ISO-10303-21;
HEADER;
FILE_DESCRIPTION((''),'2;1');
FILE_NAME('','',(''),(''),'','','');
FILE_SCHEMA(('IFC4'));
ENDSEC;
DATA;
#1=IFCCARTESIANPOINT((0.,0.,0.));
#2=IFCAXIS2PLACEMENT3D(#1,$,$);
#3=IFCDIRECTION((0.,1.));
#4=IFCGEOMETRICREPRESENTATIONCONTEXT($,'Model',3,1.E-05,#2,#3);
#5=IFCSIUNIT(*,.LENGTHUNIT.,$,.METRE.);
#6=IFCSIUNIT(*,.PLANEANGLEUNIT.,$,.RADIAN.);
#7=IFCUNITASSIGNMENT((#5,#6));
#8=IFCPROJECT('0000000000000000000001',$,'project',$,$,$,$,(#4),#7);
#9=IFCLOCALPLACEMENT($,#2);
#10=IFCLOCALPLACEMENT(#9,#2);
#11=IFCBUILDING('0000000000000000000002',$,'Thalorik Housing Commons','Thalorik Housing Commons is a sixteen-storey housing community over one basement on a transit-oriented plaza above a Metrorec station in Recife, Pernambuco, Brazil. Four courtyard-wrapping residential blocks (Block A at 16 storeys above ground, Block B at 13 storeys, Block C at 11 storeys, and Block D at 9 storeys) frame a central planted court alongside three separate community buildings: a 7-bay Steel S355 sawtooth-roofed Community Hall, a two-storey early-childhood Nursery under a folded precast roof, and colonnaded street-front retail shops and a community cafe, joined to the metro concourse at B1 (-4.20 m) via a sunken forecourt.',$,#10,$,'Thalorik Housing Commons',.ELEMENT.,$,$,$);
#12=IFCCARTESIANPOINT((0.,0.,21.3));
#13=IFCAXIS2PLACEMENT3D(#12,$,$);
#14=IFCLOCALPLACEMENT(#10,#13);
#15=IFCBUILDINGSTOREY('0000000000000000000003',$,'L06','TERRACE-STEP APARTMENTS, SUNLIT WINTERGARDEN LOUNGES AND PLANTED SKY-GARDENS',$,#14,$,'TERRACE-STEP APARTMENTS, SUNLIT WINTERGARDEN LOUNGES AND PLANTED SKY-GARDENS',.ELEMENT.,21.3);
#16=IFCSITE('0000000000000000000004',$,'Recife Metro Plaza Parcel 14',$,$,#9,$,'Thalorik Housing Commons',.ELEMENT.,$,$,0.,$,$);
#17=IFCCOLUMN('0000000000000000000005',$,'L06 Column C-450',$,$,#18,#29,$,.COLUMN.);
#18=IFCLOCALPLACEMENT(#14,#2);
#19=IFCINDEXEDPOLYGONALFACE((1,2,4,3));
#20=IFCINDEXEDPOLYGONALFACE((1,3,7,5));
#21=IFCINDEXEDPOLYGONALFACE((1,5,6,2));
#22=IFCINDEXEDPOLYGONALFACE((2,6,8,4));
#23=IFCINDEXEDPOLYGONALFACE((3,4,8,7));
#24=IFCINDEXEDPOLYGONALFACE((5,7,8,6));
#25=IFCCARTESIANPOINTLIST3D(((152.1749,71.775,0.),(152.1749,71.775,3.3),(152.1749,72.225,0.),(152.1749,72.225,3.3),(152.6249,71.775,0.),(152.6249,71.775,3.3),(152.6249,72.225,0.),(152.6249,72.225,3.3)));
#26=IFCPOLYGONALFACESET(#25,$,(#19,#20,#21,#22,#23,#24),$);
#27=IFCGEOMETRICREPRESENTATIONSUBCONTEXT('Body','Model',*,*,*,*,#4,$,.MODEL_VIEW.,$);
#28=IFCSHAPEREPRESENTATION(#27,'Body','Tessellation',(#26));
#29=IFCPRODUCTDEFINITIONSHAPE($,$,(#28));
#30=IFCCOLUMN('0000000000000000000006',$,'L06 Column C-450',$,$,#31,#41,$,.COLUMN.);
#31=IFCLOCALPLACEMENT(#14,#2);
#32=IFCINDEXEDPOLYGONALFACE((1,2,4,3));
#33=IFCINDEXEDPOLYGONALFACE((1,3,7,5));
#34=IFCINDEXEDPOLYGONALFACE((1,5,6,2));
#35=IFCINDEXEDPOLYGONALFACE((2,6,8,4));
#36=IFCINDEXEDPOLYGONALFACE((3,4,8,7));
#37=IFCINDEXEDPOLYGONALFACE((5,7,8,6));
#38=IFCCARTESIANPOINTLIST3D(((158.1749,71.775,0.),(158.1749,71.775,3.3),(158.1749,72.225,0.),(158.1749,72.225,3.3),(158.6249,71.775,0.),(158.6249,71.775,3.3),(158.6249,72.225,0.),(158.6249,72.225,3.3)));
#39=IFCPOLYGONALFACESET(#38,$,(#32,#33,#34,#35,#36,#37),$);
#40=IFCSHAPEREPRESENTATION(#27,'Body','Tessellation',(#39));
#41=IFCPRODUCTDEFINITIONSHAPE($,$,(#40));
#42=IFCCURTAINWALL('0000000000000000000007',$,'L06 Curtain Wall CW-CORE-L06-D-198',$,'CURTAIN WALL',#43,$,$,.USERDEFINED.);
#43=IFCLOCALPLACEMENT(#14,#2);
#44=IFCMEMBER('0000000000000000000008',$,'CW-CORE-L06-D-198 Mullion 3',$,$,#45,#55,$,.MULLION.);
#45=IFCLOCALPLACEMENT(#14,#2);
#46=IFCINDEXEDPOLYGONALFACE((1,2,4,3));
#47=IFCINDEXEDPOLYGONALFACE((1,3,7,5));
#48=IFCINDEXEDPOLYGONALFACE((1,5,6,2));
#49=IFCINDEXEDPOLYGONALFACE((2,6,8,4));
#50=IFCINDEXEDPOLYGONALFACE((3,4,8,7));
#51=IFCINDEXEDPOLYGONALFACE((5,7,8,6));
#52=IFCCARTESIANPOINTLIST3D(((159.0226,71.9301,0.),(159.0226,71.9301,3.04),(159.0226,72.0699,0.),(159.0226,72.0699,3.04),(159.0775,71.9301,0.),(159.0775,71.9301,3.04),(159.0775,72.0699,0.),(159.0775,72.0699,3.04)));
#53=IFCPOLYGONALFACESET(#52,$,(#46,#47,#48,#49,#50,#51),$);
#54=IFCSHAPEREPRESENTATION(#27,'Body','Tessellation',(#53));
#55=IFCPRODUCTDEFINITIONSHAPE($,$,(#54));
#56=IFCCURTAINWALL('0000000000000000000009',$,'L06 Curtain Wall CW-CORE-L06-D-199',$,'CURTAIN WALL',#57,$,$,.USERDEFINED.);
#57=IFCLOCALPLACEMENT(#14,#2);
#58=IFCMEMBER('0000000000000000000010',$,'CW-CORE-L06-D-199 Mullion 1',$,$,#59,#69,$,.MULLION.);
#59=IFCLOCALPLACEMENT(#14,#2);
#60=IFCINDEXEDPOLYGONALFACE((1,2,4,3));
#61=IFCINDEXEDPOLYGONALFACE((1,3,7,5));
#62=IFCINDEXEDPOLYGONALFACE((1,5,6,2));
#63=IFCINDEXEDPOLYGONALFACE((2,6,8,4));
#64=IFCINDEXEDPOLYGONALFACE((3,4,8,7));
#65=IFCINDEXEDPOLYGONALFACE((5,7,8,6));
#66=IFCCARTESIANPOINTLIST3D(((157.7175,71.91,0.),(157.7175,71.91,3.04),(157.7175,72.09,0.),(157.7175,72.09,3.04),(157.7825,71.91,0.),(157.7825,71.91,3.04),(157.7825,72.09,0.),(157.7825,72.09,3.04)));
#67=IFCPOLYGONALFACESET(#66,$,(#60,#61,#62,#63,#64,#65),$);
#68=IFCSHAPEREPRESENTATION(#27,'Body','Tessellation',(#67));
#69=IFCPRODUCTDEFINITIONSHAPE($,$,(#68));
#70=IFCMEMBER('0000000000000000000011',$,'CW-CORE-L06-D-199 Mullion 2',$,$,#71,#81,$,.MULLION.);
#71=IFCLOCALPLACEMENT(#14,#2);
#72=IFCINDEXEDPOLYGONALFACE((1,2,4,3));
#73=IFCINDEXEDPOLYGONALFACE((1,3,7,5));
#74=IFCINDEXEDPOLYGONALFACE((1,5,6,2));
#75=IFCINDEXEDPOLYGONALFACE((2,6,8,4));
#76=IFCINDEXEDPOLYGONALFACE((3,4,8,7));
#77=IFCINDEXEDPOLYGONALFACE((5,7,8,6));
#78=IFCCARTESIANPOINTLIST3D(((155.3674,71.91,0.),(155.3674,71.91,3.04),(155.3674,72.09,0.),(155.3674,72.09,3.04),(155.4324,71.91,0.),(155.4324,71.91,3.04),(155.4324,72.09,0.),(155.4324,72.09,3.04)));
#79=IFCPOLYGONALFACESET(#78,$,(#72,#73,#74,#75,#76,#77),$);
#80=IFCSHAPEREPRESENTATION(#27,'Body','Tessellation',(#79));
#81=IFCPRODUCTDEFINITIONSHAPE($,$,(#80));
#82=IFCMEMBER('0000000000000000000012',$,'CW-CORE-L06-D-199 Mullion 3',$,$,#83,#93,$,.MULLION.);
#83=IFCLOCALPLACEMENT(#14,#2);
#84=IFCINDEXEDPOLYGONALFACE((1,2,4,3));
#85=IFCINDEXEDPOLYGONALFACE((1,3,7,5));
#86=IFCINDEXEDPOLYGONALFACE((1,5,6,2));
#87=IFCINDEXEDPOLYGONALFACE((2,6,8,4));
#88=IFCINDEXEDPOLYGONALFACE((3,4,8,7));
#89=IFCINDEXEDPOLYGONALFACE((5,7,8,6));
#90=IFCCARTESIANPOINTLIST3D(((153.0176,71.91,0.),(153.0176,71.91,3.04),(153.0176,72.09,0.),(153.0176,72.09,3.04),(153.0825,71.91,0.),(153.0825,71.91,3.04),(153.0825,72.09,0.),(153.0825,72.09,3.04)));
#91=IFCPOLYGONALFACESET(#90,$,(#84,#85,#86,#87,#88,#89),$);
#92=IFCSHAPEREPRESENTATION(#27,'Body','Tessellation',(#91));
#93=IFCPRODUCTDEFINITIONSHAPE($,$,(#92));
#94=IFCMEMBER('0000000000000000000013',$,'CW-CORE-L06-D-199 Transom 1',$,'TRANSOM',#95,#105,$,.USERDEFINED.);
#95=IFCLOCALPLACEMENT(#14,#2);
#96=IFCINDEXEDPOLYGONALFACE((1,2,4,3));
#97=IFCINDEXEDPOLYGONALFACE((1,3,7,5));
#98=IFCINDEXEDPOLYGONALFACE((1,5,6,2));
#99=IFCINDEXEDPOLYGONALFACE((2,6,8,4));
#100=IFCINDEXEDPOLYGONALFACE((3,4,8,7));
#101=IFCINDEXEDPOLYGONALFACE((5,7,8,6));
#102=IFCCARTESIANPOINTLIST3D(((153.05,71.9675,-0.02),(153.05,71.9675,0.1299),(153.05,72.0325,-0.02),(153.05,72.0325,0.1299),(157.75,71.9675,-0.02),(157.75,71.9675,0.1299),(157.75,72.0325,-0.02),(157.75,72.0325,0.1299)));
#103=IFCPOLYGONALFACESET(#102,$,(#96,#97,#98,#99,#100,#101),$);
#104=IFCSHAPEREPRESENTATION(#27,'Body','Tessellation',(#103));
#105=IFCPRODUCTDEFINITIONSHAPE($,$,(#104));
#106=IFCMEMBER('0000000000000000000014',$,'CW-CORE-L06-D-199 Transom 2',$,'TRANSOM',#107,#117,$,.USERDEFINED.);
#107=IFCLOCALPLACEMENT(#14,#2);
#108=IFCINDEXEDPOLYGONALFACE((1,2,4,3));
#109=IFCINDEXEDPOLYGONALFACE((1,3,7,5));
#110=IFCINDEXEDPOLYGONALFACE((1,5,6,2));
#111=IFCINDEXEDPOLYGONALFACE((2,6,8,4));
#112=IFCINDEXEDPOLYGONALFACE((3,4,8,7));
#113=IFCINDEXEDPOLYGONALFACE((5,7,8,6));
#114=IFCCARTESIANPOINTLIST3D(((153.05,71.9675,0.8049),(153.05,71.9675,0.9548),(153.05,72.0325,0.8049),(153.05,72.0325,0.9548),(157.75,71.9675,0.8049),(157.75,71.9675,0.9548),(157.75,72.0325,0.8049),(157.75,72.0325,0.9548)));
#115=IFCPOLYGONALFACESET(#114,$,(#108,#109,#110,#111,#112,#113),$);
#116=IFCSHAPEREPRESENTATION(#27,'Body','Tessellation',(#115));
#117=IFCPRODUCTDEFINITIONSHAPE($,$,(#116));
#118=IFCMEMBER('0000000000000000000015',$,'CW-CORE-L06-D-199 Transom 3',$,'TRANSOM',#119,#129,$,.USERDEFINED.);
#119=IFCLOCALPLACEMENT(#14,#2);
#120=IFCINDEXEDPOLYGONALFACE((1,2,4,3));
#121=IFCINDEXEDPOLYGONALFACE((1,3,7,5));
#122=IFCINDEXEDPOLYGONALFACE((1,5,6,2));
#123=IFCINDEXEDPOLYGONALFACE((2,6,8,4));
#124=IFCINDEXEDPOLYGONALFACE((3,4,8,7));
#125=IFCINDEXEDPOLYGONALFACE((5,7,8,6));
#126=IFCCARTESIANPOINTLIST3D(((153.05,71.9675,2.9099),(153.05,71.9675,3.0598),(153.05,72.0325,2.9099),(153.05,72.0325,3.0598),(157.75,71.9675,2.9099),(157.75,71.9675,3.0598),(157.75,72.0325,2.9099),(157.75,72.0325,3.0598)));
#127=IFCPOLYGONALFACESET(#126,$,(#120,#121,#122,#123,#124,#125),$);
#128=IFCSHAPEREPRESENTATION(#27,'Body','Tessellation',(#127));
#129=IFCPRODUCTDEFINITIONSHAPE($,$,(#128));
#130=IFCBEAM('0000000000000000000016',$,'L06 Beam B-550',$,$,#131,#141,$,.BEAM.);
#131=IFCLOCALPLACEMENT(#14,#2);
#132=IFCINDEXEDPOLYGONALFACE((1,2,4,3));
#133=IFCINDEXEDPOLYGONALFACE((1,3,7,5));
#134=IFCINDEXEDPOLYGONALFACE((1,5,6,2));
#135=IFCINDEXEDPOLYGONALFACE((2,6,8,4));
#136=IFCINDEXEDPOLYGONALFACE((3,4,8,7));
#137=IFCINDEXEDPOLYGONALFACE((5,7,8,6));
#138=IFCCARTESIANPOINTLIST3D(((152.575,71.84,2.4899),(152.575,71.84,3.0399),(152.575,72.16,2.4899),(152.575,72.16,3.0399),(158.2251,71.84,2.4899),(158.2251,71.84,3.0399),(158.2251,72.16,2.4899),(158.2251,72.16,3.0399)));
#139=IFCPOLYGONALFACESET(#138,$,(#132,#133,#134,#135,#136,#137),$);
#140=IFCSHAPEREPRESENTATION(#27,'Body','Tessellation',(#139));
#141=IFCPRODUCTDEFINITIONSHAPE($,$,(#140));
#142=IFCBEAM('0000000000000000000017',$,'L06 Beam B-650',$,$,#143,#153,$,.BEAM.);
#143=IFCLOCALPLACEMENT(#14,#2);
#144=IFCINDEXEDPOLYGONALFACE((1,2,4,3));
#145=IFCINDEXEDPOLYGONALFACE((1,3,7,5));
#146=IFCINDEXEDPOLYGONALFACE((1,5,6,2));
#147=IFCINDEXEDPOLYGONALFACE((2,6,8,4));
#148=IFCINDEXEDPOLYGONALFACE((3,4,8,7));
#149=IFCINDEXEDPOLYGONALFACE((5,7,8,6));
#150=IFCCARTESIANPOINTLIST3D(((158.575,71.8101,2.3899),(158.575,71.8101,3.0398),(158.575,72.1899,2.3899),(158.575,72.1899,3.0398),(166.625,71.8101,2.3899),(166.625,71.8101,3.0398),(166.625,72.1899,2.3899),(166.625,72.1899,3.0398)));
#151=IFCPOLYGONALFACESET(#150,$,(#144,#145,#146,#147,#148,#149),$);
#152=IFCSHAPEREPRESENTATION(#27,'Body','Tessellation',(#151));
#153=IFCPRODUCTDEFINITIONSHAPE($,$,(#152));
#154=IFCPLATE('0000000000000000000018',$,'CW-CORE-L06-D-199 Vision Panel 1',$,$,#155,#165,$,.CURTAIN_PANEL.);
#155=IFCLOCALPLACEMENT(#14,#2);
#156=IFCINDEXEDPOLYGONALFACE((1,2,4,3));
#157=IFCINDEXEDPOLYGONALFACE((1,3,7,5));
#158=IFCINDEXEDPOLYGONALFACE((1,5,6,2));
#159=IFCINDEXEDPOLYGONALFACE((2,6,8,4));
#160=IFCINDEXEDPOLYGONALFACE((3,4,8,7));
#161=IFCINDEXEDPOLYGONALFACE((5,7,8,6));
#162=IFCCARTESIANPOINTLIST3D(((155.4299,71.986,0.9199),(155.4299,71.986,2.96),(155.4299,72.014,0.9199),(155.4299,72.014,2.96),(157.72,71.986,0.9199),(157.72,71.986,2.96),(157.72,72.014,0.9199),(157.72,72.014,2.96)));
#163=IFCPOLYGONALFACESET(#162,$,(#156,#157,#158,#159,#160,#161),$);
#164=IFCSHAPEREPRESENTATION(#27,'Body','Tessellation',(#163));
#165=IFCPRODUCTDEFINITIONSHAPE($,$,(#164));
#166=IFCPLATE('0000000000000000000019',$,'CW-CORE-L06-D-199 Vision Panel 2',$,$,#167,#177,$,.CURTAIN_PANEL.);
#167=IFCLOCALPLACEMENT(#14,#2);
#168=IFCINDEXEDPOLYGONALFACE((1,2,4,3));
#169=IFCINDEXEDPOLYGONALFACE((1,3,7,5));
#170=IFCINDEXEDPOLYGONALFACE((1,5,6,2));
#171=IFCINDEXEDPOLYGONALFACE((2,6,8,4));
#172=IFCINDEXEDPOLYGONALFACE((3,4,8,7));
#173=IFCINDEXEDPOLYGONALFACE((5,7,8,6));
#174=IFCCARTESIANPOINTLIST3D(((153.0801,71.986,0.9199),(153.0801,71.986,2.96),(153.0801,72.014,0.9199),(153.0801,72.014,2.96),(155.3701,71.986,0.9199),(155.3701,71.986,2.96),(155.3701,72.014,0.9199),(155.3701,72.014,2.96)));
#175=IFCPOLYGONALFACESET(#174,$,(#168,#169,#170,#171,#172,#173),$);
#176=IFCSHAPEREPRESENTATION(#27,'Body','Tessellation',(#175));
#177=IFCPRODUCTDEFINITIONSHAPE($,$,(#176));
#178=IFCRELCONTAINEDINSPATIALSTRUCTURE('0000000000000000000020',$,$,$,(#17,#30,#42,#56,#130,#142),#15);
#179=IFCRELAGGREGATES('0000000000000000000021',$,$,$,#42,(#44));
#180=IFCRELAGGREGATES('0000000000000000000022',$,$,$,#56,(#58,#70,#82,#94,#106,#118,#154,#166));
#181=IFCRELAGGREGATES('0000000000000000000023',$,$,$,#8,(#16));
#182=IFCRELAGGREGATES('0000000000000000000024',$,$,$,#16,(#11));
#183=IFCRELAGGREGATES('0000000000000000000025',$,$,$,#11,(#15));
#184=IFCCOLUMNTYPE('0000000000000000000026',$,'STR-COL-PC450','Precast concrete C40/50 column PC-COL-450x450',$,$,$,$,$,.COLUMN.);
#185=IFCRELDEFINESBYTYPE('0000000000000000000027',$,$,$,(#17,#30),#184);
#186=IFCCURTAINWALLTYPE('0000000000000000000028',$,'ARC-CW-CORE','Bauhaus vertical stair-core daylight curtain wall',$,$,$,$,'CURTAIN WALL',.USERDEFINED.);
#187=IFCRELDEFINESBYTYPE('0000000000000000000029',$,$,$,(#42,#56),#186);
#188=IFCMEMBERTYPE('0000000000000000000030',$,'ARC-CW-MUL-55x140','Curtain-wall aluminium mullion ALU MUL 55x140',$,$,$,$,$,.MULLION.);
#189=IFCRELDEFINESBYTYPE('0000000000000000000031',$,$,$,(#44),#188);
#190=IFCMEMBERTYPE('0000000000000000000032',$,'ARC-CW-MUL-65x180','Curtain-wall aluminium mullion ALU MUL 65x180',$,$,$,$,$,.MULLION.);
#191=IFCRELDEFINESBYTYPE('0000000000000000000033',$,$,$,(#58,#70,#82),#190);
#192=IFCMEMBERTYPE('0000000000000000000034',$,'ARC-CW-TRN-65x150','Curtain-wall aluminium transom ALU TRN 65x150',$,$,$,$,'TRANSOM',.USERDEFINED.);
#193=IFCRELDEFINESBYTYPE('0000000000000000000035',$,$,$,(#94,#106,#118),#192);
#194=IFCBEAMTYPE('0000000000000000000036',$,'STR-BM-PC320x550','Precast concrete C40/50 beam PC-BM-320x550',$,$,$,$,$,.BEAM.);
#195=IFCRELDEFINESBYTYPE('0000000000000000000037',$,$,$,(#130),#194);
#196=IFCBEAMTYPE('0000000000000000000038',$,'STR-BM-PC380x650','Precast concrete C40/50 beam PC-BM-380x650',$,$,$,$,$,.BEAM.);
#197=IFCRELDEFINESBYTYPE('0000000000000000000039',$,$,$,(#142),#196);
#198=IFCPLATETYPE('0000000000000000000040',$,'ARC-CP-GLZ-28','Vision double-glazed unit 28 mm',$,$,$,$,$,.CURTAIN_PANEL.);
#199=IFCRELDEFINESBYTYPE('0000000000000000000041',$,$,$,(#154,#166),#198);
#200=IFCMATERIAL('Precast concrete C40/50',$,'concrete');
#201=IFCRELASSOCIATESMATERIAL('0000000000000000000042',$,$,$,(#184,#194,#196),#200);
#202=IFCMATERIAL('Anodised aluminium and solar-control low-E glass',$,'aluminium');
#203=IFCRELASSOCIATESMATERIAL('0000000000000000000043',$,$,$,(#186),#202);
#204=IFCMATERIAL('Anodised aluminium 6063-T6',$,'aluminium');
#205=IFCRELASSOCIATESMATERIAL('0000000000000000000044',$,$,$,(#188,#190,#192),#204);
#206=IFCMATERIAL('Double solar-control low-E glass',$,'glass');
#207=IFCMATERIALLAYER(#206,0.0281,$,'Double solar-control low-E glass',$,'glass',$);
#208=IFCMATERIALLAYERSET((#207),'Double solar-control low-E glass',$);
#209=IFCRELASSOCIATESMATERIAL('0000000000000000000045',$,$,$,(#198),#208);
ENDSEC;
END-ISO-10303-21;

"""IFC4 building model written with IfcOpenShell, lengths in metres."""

from ifc_helpers import new_model, si_unit, direction, frame, origin, origin_2d, place, context, subcontext, project, spatial, rectangle, extrude, material, layer, layer_set, material_profile, profile_set, type_object, element, aggregate, save


model = new_model("IFC4")

# Units and contexts
model_context = context("Model", 3, precision=1e-05, world=origin(), true_north=direction((0.0, 1.0)))
body_context = subcontext(model_context, "Body", "Model", "MODEL_VIEW")
ifc_project = project(units=[si_unit("LENGTHUNIT", "METRE"), si_unit("PLANEANGLEUNIT", "RADIAN")], contexts=[model_context])

# Site, building, storey
site_placement = place(None, origin())
site = spatial("IfcSite", under=ifc_project, at=site_placement, Name="Recife Metro Plaza Parcel 14", LongName="Thalorik Housing Commons", CompositionType="ELEMENT", RefElevation=0.0)
building_placement = place(site_placement, origin())
building = spatial("IfcBuilding", under=site, at=building_placement, Name="Thalorik Housing Commons", Description="Thalorik Housing Commons is a sixteen-storey housing community over one basement on a transit-oriented plaza above a Metrorec station in Recife, Pernambuco, Brazil. Four courtyard-wrapping residential blocks (Block A at 16 storeys above ground, Block B at 13 storeys, Block C at 11 storeys, and Block D at 9 storeys) frame a central planted court alongside three separate community buildings: a 7-bay Steel S355 sawtooth-roofed Community Hall, a two-storey early-childhood Nursery under a folded precast roof, and colonnaded street-front retail shops and a community cafe, joined to the metro concourse at B1 (-4.20 m) via a sunken forecourt.", LongName="Thalorik Housing Commons", CompositionType="ELEMENT")
storey_placement = place(building_placement, frame((0.0, 0.0, 21.3)))
storey = spatial("IfcBuildingStorey", under=building, at=storey_placement, Name="L06", Description="TERRACE-STEP APARTMENTS, SUNLIT WINTERGARDEN LOUNGES AND PLANTED SKY-GARDENS", LongName="TERRACE-STEP APARTMENTS, SUNLIT WINTERGARDEN LOUNGES AND PLANTED SKY-GARDENS", CompositionType="ELEMENT", Elevation=21.3)

# Columns
ifc_material_1 = material(Name="Precast concrete C40/50", Category="concrete")
ifc_material_profile_1 = material_profile(ifc_material_1, rectangle(XDim=0.45, YDim=0.45, at=origin_2d()), Name="PC 450x450", Category="concrete")
ifc_profile_set_1 = profile_set([ifc_material_profile_1], Name="Precast concrete C40/50")
column_type = type_object("IfcColumnType", Name="STR-COL-PC450", Description="Precast concrete C40/50 column PC-COL-450x450", PredefinedType="COLUMN", material=ifc_profile_set_1)
for number, where, z_axis, x_axis, name in (
    (1, (152.3999, 72.0, 0.0), (0.0, 0.0, 1.0), (1.0, 0.0, 0.0), "L06 Column C-450"),
    (2, (158.3999, 72.0, 0.0), (0.0, 0.0, 1.0), (1.0, 0.0, 0.0), "L06 Column C-450"),
):
    element("IfcColumn", number, at=place(storey_placement, frame(where, z_axis=z_axis, x_axis=x_axis)), inside=storey, type_object=column_type, Name=name, PredefinedType="COLUMN", context=body_context, shape_type="SweptSolid", body=[
        extrude(rectangle(XDim=0.45, YDim=0.45, at=origin_2d()), origin(), (0.0, 0.0, 1.0), 3.3),
    ])

# Curtain wall, member
ifc_material_2 = material(Name="Anodised aluminium and solar-control low-E glass", Category="aluminium")
curtain_wall_type = type_object("IfcCurtainWallType", Name="ARC-CW-CORE", Description="Bauhaus vertical stair-core daylight curtain wall", ElementType="CURTAIN WALL", PredefinedType="USERDEFINED", material=ifc_material_2)
curtain_wall_1_placement = place(storey_placement, origin())
curtain_wall_1 = element("IfcCurtainWall", 3, at=curtain_wall_1_placement, inside=storey, type_object=curtain_wall_type, Name="L06 Curtain Wall CW-CORE-L06-D-198", ObjectType="CURTAIN WALL", PredefinedType="USERDEFINED")
ifc_material_3 = material(Name="Anodised aluminium 6063-T6", Category="aluminium")
ifc_material_profile_2 = material_profile(ifc_material_3, rectangle(XDim=0.0549, YDim=0.1399, at=origin_2d()), Name="ALU MUL 55x140", Category="aluminium")
ifc_profile_set_2 = profile_set([ifc_material_profile_2], Name="Anodised aluminium 6063-T6")
member_type_1 = type_object("IfcMemberType", Name="ARC-CW-MUL-55x140", Description="Curtain-wall aluminium mullion ALU MUL 55x140", PredefinedType="MULLION", material=ifc_profile_set_2)
member_1_placement = place(storey_placement, frame((159.05, 72.0, 0.0), z_axis=(0.0, 0.0, 1.0), x_axis=(-1.0, 0.0, 0.0)))
member_1 = element("IfcMember", 4, at=member_1_placement, type_object=member_type_1, Name="CW-CORE-L06-D-198 Mullion 3", PredefinedType="MULLION", context=body_context, shape_type="SweptSolid", body=[
    extrude(rectangle(XDim=0.0549, YDim=0.1399, at=origin_2d()), origin(), (0.0, 0.0, 1.0), 3.04),
])
aggregate(curtain_wall_1, [member_1])

# Curtain wall, members
curtain_wall_2_placement = place(storey_placement, origin())
curtain_wall_2 = element("IfcCurtainWall", 5, at=curtain_wall_2_placement, inside=storey, type_object=curtain_wall_type, Name="L06 Curtain Wall CW-CORE-L06-D-199", ObjectType="CURTAIN WALL", PredefinedType="USERDEFINED")
ifc_material_profile_3 = material_profile(ifc_material_3, rectangle(XDim=0.0649, YDim=0.1799, at=origin_2d()), Name="ALU MUL 65x180", Category="aluminium")
ifc_profile_set_3 = profile_set([ifc_material_profile_3], Name="Anodised aluminium 6063-T6")
member_type_2 = type_object("IfcMemberType", Name="ARC-CW-MUL-65x180", Description="Curtain-wall aluminium mullion ALU MUL 65x180", PredefinedType="MULLION", material=ifc_profile_set_3)
member_2_placement = place(storey_placement, frame((157.75, 72.0, 0.0), z_axis=(0.0, 0.0, 1.0), x_axis=(-1.0, 0.0, 0.0)))
member_2 = element("IfcMember", 6, at=member_2_placement, type_object=member_type_2, Name="CW-CORE-L06-D-199 Mullion 1", PredefinedType="MULLION", context=body_context, shape_type="SweptSolid", body=[
    extrude(rectangle(XDim=0.0649, YDim=0.1799, at=origin_2d()), origin(), (0.0, 0.0, 1.0), 3.04),
])
member_3_placement = place(storey_placement, frame((155.3999, 72.0, 0.0), z_axis=(0.0, 0.0, 1.0), x_axis=(-1.0, 0.0, 0.0)))
member_3 = element("IfcMember", 7, at=member_3_placement, type_object=member_type_2, Name="CW-CORE-L06-D-199 Mullion 2", PredefinedType="MULLION", context=body_context, shape_type="SweptSolid", body=[
    extrude(rectangle(XDim=0.0649, YDim=0.1799, at=origin_2d()), origin(), (0.0, 0.0, 1.0), 3.04),
])
member_4_placement = place(storey_placement, frame((153.05, 72.0, 0.0), z_axis=(0.0, 0.0, 1.0), x_axis=(-1.0, 0.0, 0.0)))
member_4 = element("IfcMember", 8, at=member_4_placement, type_object=member_type_2, Name="CW-CORE-L06-D-199 Mullion 3", PredefinedType="MULLION", context=body_context, shape_type="SweptSolid", body=[
    extrude(rectangle(XDim=0.0649, YDim=0.1799, at=origin_2d()), origin(), (0.0, 0.0, 1.0), 3.04),
])
ifc_material_profile_4 = material_profile(ifc_material_3, rectangle(XDim=0.0649, YDim=0.1499, at=origin_2d()), Name="ALU TRN 65x150", Category="aluminium")
ifc_profile_set_4 = profile_set([ifc_material_profile_4], Name="Anodised aluminium 6063-T6")
member_type_3 = type_object("IfcMemberType", Name="ARC-CW-TRN-65x150", Description="Curtain-wall aluminium transom ALU TRN 65x150", ElementType="TRANSOM", PredefinedType="USERDEFINED", material=ifc_profile_set_4)
member_5_placement = place(storey_placement, frame((157.75, 72.0, 0.0549), z_axis=(-1.0, 0.0, 0.0), x_axis=(0.0, -1.0, 0.0)))
member_5 = element("IfcMember", 9, at=member_5_placement, type_object=member_type_3, Name="CW-CORE-L06-D-199 Transom 1", ObjectType="TRANSOM", PredefinedType="USERDEFINED", context=body_context, shape_type="SweptSolid", body=[
    extrude(rectangle(XDim=0.0649, YDim=0.1499, at=origin_2d()), origin(), (0.0, 0.0, 1.0), 4.7),
])
member_6_placement = place(storey_placement, frame((157.75, 72.0, 0.8799), z_axis=(-1.0, 0.0, 0.0), x_axis=(0.0, -1.0, 0.0)))
member_6 = element("IfcMember", 10, at=member_6_placement, type_object=member_type_3, Name="CW-CORE-L06-D-199 Transom 2", ObjectType="TRANSOM", PredefinedType="USERDEFINED", context=body_context, shape_type="SweptSolid", body=[
    extrude(rectangle(XDim=0.0649, YDim=0.1499, at=origin_2d()), origin(), (0.0, 0.0, 1.0), 4.7),
])
member_7_placement = place(storey_placement, frame((157.75, 72.0, 2.9849), z_axis=(-1.0, 0.0, 0.0), x_axis=(0.0, -1.0, 0.0)))
member_7 = element("IfcMember", 11, at=member_7_placement, type_object=member_type_3, Name="CW-CORE-L06-D-199 Transom 3", ObjectType="TRANSOM", PredefinedType="USERDEFINED", context=body_context, shape_type="SweptSolid", body=[
    extrude(rectangle(XDim=0.0649, YDim=0.1499, at=origin_2d()), origin(), (0.0, 0.0, 1.0), 4.7),
])

# Beams
ifc_material_profile_5 = material_profile(ifc_material_1, rectangle(XDim=0.3201, YDim=0.55, at=origin_2d()), Name="PC 320x550", Category="concrete")
ifc_profile_set_5 = profile_set([ifc_material_profile_5], Name="Precast concrete C40/50")
beam_type_1 = type_object("IfcBeamType", Name="STR-BM-PC320x550", Description="Precast concrete C40/50 beam PC-BM-320x550", PredefinedType="BEAM", material=ifc_profile_set_5)
beam_1_placement = place(storey_placement, frame((152.575, 72.0, 2.7649), z_axis=(1.0, 0.0, 0.0), x_axis=(0.0, 1.0, 0.0)))
element("IfcBeam", 12, at=beam_1_placement, inside=storey, type_object=beam_type_1, Name="L06 Beam B-550", PredefinedType="BEAM", context=body_context, shape_type="SweptSolid", body=[
    extrude(rectangle(XDim=0.3201, YDim=0.55, at=origin_2d()), origin(), (0.0, 0.0, 1.0), 5.6501),
])
ifc_material_profile_6 = material_profile(ifc_material_1, rectangle(XDim=0.3799, YDim=0.6499, at=origin_2d()), Name="PC 380x650", Category="concrete")
ifc_profile_set_6 = profile_set([ifc_material_profile_6], Name="Precast concrete C40/50")
beam_type_2 = type_object("IfcBeamType", Name="STR-BM-PC380x650", Description="Precast concrete C40/50 beam PC-BM-380x650", PredefinedType="BEAM", material=ifc_profile_set_6)
beam_2_placement = place(storey_placement, frame((158.575, 72.0, 2.7148), z_axis=(1.0, 0.0, 0.0), x_axis=(0.0, 1.0, 0.0)))
element("IfcBeam", 13, at=beam_2_placement, inside=storey, type_object=beam_type_2, Name="L06 Beam B-650", PredefinedType="BEAM", context=body_context, shape_type="SweptSolid", body=[
    extrude(rectangle(XDim=0.3799, YDim=0.6499, at=origin_2d()), origin(), (0.0, 0.0, 1.0), 8.05),
])

# Plates
ifc_material_4 = material(Name="Double solar-control low-E glass", Category="glass")
ifc_layer_1 = layer(ifc_material_4, 0.0281, Name="Double solar-control low-E glass", Category="glass")
ifc_layer_set_1 = layer_set([ifc_layer_1], Name="Double solar-control low-E glass")
plate_type_1 = type_object("IfcPlateType", Name="ARC-CP-GLZ-28", Description="Vision double-glazed unit 28 mm", PredefinedType="CURTAIN_PANEL", material=ifc_layer_set_1)
plate_1_placement = place(storey_placement, frame((156.575, 72.0, 0.9199), z_axis=(0.0, 0.0, 1.0), x_axis=(-1.0, 0.0, 0.0)))
plate_1 = element("IfcPlate", 14, at=plate_1_placement, type_object=plate_type_1, Name="CW-CORE-L06-D-199 Vision Panel 1", PredefinedType="CURTAIN_PANEL", context=body_context, shape_type="SweptSolid", body=[
    extrude(rectangle(XDim=2.29, YDim=0.0281, at=origin_2d()), origin(), (0.0, 0.0, 1.0), 2.04),
])
plate_2_placement = place(storey_placement, frame((154.2251, 72.0, 0.9199), z_axis=(0.0, 0.0, 1.0), x_axis=(-1.0, 0.0, 0.0)))
plate_2 = element("IfcPlate", 15, at=plate_2_placement, type_object=plate_type_1, Name="CW-CORE-L06-D-199 Vision Panel 2", PredefinedType="CURTAIN_PANEL", context=body_context, shape_type="SweptSolid", body=[
    extrude(rectangle(XDim=2.29, YDim=0.0281, at=origin_2d()), origin(), (0.0, 0.0, 1.0), 2.04),
])
aggregate(curtain_wall_2, [member_2, member_3, member_4, member_5, member_6, member_7, plate_1, plate_2])

save(model, "model.ifc")
